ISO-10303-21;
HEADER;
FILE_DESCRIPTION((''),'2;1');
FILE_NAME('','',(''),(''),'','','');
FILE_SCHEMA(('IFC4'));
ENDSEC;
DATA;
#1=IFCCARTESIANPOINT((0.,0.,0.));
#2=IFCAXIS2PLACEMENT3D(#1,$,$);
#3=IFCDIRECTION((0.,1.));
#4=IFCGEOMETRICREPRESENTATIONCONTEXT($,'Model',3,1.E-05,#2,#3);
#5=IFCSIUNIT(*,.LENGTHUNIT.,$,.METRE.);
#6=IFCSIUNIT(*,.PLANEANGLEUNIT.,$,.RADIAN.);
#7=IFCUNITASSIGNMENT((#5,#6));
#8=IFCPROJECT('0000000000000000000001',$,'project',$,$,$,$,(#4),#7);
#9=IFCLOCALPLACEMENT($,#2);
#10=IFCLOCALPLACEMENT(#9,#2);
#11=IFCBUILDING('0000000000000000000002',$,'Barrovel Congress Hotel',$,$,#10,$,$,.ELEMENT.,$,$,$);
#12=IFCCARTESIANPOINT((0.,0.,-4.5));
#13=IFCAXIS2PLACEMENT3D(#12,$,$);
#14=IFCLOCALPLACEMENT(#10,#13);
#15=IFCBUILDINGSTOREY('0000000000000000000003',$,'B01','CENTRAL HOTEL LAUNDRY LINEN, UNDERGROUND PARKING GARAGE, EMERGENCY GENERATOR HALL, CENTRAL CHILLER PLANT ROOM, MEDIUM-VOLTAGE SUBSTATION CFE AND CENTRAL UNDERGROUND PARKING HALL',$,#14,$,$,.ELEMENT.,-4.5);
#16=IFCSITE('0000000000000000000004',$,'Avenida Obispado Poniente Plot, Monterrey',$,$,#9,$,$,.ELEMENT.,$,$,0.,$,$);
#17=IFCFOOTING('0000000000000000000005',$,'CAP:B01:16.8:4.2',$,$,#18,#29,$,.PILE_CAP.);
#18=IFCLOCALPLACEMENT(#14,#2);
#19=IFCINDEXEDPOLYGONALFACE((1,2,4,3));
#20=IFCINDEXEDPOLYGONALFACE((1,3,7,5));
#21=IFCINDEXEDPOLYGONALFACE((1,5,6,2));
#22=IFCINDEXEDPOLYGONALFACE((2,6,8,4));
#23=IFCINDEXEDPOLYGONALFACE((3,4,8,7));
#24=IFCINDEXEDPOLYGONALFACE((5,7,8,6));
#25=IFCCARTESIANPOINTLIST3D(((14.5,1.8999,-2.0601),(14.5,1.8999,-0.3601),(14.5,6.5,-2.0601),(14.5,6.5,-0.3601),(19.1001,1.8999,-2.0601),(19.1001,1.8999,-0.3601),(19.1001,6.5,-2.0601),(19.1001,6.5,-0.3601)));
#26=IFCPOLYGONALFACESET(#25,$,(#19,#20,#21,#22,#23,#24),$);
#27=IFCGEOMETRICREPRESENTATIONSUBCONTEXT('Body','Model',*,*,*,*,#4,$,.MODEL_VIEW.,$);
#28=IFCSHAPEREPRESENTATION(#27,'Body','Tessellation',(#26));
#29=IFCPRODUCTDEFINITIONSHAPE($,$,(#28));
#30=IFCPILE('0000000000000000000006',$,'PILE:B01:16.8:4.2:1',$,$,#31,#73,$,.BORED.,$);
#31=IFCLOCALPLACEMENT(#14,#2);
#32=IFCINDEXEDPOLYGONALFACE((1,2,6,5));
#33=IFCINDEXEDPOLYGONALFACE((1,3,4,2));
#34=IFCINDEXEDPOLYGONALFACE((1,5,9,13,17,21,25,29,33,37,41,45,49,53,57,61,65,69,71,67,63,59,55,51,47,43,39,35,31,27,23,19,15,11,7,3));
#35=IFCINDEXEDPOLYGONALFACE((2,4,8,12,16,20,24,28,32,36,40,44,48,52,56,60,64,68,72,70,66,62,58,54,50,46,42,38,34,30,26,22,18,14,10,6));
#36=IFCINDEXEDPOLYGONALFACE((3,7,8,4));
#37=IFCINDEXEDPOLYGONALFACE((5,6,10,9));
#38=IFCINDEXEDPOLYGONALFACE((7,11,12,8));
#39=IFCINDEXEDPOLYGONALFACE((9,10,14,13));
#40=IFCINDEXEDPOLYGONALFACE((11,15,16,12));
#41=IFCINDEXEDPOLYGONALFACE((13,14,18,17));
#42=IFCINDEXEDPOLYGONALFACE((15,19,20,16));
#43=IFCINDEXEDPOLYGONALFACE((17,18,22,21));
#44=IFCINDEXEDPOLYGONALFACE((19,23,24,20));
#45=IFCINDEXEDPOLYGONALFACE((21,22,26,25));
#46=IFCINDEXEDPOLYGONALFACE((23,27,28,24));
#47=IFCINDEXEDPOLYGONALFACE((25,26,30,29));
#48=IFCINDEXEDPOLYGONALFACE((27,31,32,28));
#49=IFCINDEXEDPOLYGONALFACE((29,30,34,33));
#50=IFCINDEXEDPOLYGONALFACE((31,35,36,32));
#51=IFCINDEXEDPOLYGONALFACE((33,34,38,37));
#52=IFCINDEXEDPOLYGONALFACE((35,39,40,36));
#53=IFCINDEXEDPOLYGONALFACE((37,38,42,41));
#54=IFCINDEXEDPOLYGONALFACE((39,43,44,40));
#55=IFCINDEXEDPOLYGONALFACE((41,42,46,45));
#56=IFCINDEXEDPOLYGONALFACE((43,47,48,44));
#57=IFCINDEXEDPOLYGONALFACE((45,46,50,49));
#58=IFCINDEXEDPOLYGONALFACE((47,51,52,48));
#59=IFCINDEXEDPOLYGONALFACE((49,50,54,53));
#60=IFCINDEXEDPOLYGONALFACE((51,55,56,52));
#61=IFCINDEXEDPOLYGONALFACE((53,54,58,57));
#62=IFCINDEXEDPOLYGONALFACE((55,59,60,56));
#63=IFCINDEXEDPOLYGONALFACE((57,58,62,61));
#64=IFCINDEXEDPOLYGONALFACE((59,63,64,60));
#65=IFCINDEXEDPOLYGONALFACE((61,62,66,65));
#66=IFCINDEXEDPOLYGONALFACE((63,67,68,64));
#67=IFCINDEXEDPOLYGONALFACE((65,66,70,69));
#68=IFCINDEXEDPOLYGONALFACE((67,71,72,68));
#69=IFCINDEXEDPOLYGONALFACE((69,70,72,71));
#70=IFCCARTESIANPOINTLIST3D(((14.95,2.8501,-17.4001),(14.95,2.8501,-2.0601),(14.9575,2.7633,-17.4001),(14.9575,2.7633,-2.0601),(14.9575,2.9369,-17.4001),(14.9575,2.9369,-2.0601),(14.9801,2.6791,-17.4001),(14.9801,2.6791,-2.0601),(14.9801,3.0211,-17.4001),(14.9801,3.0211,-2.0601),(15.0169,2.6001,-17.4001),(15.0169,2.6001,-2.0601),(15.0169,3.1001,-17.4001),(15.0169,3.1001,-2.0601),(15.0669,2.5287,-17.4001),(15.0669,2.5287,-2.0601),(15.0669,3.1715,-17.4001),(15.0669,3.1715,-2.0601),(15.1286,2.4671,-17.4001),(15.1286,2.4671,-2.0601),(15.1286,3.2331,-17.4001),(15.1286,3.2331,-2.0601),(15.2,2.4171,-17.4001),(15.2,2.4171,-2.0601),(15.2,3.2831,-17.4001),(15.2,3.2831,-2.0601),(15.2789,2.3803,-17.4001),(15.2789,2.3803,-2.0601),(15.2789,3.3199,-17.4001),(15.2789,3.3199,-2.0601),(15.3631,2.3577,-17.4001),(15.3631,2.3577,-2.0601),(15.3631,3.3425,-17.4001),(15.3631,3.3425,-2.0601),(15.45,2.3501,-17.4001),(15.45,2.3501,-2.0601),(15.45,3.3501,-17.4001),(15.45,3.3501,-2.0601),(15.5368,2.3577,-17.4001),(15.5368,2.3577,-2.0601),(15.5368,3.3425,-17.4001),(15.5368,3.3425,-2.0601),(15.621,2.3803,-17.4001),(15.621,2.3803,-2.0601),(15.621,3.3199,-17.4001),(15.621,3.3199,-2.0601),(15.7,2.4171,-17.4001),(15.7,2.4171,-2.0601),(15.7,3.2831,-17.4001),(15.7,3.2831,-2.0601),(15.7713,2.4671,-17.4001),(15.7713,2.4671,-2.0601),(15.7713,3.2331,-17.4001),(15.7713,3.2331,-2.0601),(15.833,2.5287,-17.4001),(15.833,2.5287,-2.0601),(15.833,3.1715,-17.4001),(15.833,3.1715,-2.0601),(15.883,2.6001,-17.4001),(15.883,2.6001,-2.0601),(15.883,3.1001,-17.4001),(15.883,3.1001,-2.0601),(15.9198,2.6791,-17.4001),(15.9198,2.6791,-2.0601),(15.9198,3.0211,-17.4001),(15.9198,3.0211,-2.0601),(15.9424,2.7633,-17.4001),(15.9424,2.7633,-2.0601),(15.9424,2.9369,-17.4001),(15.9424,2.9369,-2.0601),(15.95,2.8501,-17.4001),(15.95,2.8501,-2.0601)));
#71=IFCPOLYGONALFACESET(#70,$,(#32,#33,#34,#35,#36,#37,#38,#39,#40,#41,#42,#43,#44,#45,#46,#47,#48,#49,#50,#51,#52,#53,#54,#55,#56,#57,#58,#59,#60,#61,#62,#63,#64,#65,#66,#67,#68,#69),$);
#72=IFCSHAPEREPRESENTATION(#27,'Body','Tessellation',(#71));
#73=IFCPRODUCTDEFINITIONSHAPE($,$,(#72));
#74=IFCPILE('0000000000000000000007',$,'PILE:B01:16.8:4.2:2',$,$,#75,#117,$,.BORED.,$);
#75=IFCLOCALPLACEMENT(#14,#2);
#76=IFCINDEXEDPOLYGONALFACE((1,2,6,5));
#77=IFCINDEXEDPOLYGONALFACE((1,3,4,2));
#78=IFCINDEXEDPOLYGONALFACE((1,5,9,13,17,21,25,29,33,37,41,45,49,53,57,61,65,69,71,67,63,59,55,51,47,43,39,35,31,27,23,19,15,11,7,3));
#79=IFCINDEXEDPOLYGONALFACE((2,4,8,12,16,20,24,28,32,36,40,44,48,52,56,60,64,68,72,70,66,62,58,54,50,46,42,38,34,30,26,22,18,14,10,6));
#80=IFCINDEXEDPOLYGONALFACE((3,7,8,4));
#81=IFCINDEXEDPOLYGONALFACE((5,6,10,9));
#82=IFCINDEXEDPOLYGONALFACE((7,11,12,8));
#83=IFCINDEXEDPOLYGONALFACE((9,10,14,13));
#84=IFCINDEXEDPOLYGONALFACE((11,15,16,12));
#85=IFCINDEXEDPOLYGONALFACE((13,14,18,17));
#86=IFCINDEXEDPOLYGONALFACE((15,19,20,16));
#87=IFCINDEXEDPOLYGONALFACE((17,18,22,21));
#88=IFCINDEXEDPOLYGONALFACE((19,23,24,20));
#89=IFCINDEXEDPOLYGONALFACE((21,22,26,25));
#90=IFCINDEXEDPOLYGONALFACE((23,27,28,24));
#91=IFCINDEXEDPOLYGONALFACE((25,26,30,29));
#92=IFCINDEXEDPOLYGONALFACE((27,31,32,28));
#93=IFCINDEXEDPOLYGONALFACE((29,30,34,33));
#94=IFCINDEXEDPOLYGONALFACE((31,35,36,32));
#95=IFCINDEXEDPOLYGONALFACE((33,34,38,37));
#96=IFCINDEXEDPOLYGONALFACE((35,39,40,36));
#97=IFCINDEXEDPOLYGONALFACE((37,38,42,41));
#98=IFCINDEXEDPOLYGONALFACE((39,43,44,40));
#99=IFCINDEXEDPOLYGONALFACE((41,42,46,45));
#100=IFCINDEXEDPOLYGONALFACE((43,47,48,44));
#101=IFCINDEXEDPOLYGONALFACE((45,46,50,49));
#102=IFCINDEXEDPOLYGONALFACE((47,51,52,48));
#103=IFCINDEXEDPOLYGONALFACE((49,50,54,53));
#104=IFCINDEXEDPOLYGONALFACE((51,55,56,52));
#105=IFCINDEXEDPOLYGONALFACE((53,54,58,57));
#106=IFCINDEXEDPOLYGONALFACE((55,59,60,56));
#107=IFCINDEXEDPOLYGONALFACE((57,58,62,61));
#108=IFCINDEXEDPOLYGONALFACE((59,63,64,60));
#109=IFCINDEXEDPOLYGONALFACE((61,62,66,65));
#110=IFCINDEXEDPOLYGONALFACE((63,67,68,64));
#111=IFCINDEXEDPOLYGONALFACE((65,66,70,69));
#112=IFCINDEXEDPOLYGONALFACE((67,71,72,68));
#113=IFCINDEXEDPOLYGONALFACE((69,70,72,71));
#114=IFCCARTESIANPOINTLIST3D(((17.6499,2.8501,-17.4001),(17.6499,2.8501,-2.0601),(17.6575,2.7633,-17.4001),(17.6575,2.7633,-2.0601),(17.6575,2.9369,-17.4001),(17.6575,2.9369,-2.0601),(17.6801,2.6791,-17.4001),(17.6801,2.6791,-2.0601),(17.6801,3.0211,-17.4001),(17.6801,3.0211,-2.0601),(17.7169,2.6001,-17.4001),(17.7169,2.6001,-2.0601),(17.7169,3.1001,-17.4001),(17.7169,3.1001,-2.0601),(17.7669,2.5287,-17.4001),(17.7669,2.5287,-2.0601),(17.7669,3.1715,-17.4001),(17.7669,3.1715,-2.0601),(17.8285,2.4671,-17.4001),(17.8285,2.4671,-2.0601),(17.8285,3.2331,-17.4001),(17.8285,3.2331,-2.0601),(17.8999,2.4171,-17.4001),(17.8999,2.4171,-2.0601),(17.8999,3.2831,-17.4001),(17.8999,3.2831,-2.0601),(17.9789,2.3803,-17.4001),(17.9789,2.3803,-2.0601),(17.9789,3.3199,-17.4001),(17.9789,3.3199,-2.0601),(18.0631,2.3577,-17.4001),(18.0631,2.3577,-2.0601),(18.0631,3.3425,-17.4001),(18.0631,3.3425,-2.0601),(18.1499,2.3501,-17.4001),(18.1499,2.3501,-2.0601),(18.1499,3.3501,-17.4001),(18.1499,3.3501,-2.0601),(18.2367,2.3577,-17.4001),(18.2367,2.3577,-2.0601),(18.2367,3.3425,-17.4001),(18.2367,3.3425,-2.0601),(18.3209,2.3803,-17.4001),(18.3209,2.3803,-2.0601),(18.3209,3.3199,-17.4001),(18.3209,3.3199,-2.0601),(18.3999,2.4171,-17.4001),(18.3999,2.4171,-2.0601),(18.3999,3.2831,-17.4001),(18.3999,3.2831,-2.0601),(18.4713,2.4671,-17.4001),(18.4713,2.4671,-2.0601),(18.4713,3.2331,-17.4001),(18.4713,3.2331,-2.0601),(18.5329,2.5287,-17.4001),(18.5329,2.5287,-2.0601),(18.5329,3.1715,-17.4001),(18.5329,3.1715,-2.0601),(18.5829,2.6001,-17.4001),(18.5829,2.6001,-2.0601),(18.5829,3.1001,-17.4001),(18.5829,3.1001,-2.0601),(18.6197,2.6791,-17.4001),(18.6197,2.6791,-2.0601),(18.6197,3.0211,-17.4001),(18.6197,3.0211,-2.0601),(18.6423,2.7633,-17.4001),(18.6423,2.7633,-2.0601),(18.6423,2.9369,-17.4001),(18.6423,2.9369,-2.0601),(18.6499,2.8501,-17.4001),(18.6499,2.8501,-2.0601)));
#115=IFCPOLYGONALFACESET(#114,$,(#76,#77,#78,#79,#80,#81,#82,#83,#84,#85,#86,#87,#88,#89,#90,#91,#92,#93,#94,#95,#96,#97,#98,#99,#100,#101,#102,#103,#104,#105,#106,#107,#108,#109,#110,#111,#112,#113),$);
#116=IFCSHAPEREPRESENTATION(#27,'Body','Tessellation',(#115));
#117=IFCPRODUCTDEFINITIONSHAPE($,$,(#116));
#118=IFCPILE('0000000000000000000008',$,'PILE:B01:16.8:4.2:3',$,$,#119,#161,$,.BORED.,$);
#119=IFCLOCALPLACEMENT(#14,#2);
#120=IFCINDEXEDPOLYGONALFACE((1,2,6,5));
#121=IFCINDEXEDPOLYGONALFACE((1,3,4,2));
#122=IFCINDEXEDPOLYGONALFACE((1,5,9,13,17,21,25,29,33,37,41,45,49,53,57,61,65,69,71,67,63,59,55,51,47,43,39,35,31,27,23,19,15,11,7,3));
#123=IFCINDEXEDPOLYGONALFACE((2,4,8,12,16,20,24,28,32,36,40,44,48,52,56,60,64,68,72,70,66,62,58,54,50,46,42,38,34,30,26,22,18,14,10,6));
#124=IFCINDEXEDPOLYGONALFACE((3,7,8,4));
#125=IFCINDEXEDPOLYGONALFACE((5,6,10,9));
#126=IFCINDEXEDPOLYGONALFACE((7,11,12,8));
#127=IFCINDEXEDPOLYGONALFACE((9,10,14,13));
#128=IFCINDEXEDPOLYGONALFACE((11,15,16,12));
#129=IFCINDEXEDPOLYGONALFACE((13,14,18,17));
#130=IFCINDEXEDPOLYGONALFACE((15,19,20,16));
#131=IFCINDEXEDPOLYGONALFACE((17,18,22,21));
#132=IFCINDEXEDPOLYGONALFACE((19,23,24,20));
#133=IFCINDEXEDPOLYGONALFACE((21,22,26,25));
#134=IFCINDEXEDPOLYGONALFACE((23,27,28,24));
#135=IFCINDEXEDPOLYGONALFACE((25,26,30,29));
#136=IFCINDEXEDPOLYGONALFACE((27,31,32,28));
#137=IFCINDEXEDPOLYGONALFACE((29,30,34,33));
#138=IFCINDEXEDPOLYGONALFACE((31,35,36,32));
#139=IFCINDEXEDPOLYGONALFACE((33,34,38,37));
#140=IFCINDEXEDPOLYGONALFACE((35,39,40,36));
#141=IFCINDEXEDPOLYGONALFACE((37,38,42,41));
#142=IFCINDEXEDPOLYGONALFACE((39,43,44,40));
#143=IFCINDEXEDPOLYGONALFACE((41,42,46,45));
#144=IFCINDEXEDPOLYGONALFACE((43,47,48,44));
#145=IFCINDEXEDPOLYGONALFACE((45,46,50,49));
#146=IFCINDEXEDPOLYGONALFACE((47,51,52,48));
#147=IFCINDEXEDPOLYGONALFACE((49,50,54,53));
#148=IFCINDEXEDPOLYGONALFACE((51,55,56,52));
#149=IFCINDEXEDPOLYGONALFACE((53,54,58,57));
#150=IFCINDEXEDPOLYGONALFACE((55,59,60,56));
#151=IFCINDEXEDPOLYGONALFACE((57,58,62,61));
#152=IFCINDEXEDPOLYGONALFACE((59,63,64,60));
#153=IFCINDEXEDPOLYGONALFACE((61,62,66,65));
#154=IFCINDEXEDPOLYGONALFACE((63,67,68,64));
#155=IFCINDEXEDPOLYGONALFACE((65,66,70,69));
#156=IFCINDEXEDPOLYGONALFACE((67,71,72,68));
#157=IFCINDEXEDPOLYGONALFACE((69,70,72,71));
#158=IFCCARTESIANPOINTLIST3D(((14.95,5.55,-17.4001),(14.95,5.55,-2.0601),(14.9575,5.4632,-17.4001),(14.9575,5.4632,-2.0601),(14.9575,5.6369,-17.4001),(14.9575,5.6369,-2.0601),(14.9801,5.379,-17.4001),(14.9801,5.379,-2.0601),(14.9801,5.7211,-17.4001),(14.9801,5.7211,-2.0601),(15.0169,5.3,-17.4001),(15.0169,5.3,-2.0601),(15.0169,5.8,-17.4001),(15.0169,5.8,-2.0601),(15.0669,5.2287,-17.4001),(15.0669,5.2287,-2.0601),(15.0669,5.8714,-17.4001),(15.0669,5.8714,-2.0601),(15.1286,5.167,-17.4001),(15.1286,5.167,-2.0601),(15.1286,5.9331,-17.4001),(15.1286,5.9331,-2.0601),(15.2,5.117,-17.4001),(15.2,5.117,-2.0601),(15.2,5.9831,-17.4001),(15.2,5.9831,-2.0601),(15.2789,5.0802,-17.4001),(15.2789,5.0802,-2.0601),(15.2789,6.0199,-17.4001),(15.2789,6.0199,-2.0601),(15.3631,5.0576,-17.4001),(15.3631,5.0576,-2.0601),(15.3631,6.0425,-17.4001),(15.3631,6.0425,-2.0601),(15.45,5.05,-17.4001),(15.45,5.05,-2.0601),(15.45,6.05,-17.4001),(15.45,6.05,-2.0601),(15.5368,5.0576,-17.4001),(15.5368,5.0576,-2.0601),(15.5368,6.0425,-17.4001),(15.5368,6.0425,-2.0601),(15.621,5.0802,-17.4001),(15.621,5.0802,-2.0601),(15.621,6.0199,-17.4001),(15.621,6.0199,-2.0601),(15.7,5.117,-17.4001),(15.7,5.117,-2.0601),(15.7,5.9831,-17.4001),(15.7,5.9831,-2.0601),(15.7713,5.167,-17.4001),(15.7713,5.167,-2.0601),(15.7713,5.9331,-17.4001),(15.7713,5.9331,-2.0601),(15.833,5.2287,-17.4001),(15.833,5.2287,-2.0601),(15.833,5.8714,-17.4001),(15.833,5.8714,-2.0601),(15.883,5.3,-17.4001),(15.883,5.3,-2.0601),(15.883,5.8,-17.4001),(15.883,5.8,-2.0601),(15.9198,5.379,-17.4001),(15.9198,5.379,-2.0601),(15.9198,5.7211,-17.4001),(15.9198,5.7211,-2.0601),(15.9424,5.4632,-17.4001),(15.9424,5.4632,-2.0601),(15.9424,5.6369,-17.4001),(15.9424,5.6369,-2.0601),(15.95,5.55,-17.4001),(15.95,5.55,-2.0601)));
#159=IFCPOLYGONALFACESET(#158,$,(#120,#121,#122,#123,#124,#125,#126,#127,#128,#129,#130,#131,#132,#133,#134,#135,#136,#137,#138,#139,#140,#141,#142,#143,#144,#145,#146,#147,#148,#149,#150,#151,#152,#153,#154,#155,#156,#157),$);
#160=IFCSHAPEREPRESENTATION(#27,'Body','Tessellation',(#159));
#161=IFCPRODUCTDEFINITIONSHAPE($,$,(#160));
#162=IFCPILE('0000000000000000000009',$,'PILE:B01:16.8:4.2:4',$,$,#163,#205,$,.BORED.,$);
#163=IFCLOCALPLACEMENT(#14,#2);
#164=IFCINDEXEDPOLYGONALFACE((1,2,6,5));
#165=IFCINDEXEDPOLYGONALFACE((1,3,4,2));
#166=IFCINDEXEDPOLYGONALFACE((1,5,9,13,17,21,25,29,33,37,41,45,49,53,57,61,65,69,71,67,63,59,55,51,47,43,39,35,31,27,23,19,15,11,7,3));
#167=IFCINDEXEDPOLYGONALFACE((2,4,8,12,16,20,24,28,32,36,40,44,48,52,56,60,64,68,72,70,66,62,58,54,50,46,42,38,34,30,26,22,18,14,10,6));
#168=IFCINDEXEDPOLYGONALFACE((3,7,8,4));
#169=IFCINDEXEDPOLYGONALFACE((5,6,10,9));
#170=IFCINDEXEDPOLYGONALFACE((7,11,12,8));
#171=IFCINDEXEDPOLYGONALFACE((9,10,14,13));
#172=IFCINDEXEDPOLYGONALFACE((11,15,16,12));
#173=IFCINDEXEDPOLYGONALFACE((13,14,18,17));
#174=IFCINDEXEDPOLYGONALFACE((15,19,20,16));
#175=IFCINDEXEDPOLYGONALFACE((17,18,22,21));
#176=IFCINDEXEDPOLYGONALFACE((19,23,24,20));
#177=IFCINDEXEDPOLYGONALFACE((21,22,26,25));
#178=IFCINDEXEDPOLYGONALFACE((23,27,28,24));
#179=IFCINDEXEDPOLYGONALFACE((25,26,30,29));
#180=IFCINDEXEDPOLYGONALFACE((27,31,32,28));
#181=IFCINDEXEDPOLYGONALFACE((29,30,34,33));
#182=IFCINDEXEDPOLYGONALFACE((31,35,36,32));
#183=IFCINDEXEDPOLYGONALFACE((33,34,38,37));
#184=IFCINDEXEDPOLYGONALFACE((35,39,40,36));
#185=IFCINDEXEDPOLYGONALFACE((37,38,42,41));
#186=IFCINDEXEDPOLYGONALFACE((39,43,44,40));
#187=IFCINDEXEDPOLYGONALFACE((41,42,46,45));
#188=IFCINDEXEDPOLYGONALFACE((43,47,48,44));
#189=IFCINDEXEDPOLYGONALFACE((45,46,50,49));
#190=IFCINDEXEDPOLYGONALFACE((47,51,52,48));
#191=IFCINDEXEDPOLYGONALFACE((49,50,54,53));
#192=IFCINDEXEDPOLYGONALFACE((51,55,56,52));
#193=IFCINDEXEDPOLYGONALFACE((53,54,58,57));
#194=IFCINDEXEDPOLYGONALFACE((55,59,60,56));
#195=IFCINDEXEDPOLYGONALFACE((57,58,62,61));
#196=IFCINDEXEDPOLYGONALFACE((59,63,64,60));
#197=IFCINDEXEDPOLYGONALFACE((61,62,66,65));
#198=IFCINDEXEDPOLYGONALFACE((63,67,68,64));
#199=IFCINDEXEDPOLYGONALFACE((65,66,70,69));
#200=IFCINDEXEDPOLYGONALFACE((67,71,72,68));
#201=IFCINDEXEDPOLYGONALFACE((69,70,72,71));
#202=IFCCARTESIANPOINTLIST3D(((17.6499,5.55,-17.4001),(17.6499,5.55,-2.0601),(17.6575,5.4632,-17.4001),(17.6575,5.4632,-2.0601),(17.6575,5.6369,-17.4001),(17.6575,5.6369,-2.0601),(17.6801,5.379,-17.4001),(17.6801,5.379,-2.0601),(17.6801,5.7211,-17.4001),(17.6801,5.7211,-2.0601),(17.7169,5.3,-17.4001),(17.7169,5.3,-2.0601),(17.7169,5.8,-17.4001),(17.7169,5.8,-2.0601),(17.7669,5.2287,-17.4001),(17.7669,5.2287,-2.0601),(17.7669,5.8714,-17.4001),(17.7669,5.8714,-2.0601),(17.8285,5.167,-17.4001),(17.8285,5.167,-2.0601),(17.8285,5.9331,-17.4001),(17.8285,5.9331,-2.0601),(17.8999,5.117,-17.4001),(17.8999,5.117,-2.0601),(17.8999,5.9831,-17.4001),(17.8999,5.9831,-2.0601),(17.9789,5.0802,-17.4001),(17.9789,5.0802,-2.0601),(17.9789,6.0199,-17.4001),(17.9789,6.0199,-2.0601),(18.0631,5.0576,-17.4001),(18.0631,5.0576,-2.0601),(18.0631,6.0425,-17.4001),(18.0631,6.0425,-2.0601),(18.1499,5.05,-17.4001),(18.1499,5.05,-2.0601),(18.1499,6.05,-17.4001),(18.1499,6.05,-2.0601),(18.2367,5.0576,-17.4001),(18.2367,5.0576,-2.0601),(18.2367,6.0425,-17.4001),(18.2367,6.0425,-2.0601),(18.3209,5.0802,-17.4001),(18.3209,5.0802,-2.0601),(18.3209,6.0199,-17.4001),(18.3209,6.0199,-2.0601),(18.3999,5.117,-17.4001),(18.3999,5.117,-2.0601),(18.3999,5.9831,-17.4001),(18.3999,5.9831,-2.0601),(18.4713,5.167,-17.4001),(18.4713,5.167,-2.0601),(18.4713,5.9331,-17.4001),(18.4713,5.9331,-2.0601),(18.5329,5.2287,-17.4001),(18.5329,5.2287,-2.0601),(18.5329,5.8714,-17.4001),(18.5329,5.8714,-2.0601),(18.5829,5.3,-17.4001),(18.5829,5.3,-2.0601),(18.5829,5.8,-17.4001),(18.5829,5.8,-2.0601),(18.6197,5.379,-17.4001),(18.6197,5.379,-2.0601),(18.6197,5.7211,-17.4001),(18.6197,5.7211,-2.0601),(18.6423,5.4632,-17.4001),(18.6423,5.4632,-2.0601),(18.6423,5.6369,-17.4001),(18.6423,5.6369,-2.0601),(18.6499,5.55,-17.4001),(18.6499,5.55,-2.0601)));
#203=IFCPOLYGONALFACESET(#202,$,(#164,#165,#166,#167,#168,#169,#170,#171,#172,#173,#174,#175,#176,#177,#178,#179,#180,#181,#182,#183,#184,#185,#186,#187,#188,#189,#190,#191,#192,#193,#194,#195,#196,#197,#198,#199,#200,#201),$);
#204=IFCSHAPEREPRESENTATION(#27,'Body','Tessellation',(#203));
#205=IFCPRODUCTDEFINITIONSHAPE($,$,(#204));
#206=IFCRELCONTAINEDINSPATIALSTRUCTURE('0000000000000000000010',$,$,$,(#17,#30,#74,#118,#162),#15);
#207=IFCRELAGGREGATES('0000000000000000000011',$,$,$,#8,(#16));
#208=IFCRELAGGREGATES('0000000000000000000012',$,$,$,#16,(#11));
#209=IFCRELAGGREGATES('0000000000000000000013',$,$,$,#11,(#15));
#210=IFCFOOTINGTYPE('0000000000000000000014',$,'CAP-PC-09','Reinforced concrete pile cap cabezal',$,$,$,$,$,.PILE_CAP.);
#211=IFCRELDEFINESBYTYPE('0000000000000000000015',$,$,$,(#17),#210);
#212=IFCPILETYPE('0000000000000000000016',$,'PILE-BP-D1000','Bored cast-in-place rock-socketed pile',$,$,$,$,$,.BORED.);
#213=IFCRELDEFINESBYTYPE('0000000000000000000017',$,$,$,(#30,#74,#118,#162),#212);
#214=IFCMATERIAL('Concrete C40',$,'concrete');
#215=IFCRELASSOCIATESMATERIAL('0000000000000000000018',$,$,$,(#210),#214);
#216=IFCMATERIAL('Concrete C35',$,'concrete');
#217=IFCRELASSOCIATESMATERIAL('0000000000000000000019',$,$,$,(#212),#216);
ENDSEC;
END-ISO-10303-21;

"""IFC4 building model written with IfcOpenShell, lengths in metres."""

from ifc_helpers import new_model, si_unit, direction, frame, origin, origin_2d, place, context, subcontext, project, spatial, rectangle, circle, extrude, material, material_profile, profile_set, type_object, element, save


model = new_model("IFC4")

# Units and contexts
model_context = context("Model", 3, precision=1e-05, world=origin(), true_north=direction((0.0, 1.0)))
body_context = subcontext(model_context, "Body", "Model", "MODEL_VIEW")
ifc_project = project(units=[si_unit("LENGTHUNIT", "METRE"), si_unit("PLANEANGLEUNIT", "RADIAN")], contexts=[model_context])

# Site, building, storey
site_placement = place(None, origin())
site = spatial("IfcSite", under=ifc_project, at=site_placement, Name="Avenida Obispado Poniente Plot, Monterrey", CompositionType="ELEMENT", RefElevation=0.0)
building_placement = place(site_placement, origin())
building = spatial("IfcBuilding", under=site, at=building_placement, Name="Barrovel Congress Hotel", CompositionType="ELEMENT")
storey_placement = place(building_placement, frame((0.0, 0.0, -4.5)))
storey = spatial("IfcBuildingStorey", under=building, at=storey_placement, Name="B01", Description="CENTRAL HOTEL LAUNDRY LINEN, UNDERGROUND PARKING GARAGE, EMERGENCY GENERATOR HALL, CENTRAL CHILLER PLANT ROOM, MEDIUM-VOLTAGE SUBSTATION CFE AND CENTRAL UNDERGROUND PARKING HALL", CompositionType="ELEMENT", Elevation=-4.5)

# Footing
ifc_material_1 = material(Name="Concrete C40", Category="concrete")
footing_type_1 = type_object("IfcFootingType", Name="CAP-PC-09", Description="Reinforced concrete pile cap cabezal", PredefinedType="PILE_CAP", material=ifc_material_1)
footing_1_placement = place(storey_placement, frame((16.8, 4.2, -2.0601), z_axis=(0.0, 0.0, 1.0), x_axis=(1.0, 0.0, 0.0)))
element("IfcFooting", 1, at=footing_1_placement, inside=storey, type_object=footing_type_1, Name="CAP:B01:16.8:4.2", PredefinedType="PILE_CAP", context=body_context, shape_type="SweptSolid", body=[
    extrude(rectangle(XDim=4.6001, YDim=4.6001, at=origin_2d()), origin(), (0.0, 0.0, 1.0), 1.7),
])

# Piles
ifc_material_2 = material(Name="Concrete C35", Category="concrete")
ifc_material_profile_1 = material_profile(ifc_material_2, circle(Radius=0.5, at=origin_2d()), Name="BP-D1000")
ifc_profile_set_1 = profile_set([ifc_material_profile_1], Name="Concrete C35")
pile_type = type_object("IfcPileType", Name="PILE-BP-D1000", Description="Bored cast-in-place rock-socketed pile", PredefinedType="BORED", material=ifc_profile_set_1)
for number, where, z_axis, x_axis, name in (
    (2, (15.45, 2.8501, -2.0601), (0.0, 0.0, -1.0), (1.0, 0.0, 0.0), "PILE:B01:16.8:4.2:1"),
    (3, (18.1499, 2.8501, -2.0601), (0.0, 0.0, -1.0), (1.0, 0.0, 0.0), "PILE:B01:16.8:4.2:2"),
    (4, (15.45, 5.55, -2.0601), (0.0, 0.0, -1.0), (1.0, 0.0, 0.0), "PILE:B01:16.8:4.2:3"),
    (5, (18.1499, 5.55, -2.0601), (0.0, 0.0, -1.0), (1.0, 0.0, 0.0), "PILE:B01:16.8:4.2:4"),
):
    element("IfcPile", number, at=place(storey_placement, frame(where, z_axis=z_axis, x_axis=x_axis)), inside=storey, type_object=pile_type, Name=name, PredefinedType="BORED", context=body_context, shape_type="SweptSolid", body=[
        extrude(circle(Radius=0.5, at=origin_2d()), origin(), (0.0, 0.0, 1.0), 15.3401),
    ])

save(model, "model.ifc")
